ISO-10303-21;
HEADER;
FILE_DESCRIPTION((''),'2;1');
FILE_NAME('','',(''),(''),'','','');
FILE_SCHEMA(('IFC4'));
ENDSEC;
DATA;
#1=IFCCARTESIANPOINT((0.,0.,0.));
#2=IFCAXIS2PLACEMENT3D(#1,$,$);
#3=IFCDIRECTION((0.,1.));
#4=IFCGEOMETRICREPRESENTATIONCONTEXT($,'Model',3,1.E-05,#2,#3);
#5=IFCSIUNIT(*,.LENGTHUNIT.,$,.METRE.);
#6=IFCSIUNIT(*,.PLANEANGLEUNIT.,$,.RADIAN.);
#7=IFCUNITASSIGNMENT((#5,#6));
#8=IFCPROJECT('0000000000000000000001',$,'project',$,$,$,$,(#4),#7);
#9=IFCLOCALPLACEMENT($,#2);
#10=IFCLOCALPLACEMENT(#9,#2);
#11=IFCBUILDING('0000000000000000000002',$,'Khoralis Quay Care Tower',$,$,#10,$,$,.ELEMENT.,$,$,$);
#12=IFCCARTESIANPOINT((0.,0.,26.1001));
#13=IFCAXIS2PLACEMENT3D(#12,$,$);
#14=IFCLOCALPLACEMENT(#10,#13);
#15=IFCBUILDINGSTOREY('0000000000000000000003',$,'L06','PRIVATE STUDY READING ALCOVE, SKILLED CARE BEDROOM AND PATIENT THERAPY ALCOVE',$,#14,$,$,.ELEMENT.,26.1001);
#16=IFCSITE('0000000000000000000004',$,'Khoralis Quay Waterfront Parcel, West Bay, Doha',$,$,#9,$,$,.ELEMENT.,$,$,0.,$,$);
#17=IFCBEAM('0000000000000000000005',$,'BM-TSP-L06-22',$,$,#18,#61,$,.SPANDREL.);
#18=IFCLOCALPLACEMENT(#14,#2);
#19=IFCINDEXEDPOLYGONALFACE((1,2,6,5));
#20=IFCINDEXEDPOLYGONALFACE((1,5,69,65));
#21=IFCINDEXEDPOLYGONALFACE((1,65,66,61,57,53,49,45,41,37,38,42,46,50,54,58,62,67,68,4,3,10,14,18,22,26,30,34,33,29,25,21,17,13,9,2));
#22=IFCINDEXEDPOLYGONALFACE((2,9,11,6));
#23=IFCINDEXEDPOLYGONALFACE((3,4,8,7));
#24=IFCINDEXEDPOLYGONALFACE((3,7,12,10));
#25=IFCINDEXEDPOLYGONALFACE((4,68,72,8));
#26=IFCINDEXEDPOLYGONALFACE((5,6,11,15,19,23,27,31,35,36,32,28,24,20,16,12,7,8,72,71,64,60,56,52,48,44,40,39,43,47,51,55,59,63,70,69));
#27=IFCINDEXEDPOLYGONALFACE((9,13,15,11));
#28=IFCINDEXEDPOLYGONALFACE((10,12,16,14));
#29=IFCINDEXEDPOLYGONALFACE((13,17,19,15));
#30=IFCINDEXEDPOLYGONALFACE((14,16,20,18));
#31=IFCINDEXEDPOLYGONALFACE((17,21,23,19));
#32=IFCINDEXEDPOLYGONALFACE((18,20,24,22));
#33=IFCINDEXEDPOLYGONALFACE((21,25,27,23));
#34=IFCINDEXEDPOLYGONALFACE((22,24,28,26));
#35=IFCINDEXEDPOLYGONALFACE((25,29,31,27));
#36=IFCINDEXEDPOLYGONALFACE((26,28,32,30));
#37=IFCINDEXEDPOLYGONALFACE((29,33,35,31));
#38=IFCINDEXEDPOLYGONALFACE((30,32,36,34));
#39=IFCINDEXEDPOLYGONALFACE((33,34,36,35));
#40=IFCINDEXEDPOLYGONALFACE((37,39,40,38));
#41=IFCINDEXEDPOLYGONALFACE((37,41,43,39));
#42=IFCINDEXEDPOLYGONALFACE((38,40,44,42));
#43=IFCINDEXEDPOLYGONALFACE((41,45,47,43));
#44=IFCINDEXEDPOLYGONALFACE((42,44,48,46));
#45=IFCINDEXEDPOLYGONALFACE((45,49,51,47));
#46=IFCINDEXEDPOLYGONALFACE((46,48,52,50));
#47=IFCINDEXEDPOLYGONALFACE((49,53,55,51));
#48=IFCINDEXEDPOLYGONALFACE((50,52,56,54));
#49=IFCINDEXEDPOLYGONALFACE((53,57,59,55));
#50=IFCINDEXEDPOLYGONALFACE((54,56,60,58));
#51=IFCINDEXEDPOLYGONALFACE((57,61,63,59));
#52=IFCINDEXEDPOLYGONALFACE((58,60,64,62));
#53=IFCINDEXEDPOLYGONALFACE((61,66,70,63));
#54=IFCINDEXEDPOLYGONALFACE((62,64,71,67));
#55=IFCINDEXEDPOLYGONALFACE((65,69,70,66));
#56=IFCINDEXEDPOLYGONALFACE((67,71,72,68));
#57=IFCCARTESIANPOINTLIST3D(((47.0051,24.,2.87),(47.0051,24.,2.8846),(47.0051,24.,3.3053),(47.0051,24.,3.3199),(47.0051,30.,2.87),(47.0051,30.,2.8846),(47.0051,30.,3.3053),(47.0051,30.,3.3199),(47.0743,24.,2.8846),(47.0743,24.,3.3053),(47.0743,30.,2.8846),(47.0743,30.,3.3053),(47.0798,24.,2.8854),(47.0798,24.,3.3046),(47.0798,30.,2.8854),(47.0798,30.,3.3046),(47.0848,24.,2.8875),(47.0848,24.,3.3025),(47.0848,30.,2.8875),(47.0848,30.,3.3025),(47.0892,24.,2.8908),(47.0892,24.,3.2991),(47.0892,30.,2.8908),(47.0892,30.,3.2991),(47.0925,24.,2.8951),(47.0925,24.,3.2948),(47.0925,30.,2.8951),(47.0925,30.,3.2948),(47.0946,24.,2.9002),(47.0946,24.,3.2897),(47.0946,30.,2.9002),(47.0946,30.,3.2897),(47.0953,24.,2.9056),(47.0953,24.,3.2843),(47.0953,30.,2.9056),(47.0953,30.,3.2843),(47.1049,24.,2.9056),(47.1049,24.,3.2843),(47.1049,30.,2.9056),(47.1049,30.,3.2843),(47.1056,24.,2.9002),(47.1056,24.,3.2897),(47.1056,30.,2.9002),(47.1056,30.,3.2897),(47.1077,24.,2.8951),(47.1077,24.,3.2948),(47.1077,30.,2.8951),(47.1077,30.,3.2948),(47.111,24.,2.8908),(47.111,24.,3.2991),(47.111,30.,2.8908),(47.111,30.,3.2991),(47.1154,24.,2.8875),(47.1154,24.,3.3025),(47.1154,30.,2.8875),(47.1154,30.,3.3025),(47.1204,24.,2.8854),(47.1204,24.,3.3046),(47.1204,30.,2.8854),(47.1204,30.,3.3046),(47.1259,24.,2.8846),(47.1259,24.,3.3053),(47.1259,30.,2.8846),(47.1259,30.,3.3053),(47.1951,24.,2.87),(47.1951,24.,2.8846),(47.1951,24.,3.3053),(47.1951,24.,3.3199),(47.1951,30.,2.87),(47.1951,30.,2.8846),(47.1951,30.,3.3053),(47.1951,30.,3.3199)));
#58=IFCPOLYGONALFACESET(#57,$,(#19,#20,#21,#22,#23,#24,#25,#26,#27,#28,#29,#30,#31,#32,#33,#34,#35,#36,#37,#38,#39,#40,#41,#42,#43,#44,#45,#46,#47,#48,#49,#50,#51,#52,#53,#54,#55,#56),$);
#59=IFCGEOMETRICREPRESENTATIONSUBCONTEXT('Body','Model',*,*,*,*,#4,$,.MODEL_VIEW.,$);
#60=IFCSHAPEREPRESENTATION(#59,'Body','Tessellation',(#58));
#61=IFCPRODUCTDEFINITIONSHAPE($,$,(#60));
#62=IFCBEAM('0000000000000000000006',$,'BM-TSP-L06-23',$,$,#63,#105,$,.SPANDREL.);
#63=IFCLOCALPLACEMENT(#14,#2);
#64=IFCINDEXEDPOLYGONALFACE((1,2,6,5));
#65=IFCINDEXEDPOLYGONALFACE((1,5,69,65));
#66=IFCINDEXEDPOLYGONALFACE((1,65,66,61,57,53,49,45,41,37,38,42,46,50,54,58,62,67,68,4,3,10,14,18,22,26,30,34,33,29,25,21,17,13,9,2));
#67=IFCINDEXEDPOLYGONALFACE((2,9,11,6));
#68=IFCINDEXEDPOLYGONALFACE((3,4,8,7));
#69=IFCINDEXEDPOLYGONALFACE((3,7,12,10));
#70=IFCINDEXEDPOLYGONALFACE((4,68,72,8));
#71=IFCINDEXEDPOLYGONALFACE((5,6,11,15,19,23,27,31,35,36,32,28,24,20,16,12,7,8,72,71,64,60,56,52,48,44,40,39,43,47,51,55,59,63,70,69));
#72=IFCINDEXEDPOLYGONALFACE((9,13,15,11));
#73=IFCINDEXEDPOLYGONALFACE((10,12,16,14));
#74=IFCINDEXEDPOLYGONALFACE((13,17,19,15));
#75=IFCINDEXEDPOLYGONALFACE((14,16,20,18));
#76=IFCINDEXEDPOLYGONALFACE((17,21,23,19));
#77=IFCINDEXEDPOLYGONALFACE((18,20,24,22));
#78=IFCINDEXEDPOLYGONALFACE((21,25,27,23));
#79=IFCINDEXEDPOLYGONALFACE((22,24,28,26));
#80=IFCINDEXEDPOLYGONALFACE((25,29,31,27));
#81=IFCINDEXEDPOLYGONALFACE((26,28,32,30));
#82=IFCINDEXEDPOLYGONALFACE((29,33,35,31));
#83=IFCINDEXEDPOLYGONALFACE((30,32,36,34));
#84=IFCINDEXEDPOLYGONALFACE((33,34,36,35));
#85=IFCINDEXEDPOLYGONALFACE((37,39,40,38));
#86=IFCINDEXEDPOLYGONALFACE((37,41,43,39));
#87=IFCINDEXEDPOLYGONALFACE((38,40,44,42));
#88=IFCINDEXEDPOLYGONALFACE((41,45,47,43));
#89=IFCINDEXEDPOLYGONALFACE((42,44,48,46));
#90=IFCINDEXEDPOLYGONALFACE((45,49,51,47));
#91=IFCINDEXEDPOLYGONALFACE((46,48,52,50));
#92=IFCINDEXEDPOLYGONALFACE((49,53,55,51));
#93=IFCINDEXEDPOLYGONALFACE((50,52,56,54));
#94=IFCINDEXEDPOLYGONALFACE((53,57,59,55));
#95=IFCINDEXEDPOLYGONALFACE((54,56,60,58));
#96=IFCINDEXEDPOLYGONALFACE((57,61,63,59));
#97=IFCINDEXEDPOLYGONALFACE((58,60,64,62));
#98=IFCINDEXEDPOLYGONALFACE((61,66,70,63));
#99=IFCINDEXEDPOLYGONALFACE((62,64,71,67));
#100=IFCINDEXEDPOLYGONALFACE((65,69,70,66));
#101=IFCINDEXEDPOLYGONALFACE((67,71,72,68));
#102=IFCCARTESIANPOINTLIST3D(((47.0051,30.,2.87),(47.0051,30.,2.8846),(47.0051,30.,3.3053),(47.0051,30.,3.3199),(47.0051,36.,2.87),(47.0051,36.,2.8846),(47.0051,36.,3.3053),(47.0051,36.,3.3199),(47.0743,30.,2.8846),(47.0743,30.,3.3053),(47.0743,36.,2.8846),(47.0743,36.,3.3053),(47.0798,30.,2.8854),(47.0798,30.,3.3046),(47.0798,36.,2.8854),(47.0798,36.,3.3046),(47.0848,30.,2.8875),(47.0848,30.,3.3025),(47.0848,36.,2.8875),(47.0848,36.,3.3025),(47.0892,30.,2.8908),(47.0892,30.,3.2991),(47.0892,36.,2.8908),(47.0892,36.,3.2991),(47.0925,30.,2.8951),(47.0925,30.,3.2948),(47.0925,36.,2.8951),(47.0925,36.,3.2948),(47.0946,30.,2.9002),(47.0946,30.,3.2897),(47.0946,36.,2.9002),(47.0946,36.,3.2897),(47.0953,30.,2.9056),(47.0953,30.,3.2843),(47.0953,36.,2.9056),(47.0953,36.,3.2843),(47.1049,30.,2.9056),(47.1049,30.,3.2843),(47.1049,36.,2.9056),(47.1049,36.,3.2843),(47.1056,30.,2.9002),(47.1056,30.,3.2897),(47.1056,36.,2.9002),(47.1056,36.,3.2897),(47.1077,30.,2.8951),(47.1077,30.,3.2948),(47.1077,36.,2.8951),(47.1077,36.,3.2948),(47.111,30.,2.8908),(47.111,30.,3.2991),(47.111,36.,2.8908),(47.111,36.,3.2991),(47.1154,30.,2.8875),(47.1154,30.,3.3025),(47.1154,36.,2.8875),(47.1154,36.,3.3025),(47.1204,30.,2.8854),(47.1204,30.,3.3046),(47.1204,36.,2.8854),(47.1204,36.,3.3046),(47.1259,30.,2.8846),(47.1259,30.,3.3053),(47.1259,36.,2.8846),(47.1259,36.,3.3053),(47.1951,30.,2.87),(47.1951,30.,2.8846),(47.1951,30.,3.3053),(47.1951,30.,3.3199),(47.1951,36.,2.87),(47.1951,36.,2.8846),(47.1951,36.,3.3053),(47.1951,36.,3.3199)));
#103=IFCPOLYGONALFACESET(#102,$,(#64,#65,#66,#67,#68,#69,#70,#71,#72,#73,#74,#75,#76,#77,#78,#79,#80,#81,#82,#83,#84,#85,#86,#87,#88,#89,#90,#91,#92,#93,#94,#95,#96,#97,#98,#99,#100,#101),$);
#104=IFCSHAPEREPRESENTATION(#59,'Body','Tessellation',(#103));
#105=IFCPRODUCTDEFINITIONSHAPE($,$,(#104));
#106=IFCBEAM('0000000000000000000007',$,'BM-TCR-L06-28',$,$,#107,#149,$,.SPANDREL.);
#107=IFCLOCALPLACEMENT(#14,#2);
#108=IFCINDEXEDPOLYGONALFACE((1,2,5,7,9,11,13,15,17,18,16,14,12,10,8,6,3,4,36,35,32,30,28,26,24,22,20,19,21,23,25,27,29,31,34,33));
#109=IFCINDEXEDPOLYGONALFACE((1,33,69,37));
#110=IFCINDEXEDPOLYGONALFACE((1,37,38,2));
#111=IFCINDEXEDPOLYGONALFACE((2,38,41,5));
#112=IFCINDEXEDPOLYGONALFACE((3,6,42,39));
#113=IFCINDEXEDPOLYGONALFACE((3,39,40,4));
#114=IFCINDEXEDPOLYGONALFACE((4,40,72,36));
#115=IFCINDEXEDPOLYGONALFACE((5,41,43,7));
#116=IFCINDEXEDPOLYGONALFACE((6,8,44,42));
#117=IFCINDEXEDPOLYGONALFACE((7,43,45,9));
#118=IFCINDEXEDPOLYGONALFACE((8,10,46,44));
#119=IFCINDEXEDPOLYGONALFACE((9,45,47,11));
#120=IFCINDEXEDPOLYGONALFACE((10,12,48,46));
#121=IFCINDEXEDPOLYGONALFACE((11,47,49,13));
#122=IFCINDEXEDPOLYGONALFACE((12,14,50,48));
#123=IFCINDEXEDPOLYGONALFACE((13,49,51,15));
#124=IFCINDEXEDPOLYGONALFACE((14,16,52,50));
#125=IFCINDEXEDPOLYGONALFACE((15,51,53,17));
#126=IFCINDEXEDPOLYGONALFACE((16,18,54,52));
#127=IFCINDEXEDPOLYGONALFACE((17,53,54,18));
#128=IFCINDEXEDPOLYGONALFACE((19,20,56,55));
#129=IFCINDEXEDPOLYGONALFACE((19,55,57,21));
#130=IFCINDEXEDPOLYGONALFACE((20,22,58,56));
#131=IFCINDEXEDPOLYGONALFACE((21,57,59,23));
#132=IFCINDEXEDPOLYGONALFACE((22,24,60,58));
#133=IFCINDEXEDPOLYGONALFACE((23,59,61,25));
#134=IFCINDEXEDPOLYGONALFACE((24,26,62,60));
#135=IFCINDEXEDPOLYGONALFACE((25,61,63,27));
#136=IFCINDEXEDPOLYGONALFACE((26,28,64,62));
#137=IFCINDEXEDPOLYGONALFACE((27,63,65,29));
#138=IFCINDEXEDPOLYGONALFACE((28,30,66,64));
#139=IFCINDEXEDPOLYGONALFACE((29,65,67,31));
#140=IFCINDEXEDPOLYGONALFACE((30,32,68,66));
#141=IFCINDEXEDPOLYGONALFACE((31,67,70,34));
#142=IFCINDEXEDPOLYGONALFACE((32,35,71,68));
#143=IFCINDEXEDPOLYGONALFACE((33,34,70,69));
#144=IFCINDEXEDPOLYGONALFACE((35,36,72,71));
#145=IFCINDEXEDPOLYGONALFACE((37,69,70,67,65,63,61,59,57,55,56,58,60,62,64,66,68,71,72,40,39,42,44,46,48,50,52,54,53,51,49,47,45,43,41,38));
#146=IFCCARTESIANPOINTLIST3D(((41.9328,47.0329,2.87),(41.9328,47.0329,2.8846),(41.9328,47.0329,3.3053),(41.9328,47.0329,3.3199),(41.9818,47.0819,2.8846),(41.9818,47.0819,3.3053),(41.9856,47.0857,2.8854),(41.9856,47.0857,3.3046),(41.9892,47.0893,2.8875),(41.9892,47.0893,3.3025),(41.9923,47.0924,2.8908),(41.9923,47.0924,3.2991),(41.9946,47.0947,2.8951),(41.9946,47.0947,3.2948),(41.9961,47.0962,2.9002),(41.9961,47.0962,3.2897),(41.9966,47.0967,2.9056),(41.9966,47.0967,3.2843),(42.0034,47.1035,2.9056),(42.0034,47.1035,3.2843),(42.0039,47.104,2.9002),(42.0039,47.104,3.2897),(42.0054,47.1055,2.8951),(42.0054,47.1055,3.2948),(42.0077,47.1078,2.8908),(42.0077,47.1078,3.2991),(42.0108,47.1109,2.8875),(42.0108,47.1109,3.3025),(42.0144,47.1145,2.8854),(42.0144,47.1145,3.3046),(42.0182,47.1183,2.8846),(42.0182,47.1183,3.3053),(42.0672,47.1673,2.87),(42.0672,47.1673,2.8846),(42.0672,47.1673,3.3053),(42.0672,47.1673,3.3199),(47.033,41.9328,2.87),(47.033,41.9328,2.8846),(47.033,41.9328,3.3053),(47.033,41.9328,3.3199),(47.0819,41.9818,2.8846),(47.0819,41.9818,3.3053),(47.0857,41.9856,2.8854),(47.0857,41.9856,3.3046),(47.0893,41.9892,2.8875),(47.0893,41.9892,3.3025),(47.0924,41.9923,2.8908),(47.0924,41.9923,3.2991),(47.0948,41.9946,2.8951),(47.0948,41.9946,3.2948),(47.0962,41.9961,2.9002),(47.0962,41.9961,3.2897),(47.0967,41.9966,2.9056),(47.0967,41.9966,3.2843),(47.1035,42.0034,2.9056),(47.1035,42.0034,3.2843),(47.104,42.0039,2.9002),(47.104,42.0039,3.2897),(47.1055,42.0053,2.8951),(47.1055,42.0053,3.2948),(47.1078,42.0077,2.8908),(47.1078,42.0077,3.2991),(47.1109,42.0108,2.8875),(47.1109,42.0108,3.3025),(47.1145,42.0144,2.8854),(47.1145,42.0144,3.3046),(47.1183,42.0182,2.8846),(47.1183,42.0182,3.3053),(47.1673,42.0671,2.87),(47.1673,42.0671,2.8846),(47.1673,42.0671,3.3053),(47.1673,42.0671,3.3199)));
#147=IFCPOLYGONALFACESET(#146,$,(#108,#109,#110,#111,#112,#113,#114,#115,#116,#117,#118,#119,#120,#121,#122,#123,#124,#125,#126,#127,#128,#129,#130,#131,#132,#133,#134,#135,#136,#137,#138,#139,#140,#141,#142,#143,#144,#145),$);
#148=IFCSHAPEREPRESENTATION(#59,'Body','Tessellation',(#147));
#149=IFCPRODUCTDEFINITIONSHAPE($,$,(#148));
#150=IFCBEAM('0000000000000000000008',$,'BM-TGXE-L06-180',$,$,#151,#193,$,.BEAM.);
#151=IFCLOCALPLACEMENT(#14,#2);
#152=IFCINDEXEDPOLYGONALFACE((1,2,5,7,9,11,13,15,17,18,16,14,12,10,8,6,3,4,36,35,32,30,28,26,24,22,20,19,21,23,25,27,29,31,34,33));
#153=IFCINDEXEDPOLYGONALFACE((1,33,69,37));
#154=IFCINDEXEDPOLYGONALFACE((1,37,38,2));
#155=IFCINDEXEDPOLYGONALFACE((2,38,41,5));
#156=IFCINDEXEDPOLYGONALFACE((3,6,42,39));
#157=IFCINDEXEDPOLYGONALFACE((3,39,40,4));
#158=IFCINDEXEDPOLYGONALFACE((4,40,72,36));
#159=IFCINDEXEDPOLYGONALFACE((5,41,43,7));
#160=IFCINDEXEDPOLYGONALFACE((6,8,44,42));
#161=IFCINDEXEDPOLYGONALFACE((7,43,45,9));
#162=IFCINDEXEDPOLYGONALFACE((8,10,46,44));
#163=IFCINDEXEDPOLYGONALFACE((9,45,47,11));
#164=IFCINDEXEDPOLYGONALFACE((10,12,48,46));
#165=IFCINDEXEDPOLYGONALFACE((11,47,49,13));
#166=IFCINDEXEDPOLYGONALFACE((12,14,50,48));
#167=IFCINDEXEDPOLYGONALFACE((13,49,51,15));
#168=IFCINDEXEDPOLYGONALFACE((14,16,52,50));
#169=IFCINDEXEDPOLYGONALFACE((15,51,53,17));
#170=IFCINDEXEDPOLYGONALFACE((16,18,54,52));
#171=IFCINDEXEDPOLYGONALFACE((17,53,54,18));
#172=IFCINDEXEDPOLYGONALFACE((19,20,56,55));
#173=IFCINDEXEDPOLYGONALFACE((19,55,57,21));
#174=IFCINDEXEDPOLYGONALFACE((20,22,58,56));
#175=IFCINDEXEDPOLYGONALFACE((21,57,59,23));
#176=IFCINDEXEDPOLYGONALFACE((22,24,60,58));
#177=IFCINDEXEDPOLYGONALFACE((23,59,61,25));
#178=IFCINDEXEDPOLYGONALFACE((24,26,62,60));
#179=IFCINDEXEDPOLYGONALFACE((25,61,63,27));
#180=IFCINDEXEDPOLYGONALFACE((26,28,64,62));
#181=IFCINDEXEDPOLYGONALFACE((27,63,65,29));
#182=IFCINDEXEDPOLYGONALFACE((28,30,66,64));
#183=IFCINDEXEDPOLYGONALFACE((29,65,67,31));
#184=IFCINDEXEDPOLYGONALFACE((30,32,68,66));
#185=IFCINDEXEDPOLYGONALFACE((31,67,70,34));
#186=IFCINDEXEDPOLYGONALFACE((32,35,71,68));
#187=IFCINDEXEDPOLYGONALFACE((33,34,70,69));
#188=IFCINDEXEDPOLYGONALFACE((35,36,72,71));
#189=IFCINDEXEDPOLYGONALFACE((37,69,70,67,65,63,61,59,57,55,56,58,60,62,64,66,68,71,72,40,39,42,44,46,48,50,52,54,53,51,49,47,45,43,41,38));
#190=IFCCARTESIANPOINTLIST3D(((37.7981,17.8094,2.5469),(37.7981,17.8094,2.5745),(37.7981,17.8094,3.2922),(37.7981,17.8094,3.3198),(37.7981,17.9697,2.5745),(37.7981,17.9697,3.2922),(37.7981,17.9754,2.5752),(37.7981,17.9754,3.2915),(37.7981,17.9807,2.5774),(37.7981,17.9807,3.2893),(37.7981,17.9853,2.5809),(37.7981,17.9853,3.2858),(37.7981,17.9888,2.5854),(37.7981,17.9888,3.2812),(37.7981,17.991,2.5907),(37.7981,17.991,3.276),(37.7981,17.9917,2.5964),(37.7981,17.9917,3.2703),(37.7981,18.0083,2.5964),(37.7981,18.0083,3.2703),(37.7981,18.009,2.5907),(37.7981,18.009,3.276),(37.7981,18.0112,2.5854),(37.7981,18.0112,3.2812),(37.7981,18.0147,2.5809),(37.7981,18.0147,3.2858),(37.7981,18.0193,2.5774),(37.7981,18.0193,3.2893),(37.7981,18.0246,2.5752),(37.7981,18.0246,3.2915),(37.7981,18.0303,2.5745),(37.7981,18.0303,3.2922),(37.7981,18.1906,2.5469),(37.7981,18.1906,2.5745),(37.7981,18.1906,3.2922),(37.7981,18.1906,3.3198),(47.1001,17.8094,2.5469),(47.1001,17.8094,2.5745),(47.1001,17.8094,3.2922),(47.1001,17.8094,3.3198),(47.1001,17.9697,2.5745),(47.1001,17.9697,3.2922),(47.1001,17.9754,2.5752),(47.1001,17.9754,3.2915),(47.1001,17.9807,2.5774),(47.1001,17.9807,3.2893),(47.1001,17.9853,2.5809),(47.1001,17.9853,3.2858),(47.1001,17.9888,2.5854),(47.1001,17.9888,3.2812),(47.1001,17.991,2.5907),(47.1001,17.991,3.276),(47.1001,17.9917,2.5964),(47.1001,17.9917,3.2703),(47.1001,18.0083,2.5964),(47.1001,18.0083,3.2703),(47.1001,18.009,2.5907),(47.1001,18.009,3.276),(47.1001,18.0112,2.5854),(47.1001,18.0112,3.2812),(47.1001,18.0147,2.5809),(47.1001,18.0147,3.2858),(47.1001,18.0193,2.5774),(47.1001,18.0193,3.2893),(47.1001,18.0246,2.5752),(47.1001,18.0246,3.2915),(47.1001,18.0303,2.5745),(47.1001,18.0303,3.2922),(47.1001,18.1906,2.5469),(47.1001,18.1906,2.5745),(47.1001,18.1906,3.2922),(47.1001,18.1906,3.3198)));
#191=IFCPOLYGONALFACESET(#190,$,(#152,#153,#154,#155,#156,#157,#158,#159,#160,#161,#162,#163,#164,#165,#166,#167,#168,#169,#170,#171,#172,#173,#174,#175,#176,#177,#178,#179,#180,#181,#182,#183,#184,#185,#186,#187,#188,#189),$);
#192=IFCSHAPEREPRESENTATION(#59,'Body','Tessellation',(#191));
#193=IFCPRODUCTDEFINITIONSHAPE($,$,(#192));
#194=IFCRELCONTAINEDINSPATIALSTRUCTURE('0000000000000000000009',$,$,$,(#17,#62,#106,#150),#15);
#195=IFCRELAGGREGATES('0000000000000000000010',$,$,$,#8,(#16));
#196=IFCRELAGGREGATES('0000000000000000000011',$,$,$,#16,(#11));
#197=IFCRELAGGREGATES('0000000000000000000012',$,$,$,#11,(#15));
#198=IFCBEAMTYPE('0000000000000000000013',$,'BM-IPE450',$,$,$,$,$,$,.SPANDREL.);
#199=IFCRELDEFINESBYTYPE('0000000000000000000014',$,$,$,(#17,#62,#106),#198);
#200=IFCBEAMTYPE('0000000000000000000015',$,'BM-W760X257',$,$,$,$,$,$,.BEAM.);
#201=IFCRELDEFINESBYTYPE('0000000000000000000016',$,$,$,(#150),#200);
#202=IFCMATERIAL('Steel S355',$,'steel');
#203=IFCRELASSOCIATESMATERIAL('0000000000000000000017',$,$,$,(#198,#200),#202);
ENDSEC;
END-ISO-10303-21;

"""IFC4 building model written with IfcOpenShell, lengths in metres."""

from ifc_helpers import new_model, si_unit, direction, frame, origin, origin_2d, place, context, subcontext, project, spatial, i_section, extrude, source, transform, mapped, material, material_profile, profile_set, type_object, element, save


model = new_model("IFC4")

# Units and contexts
model_context = context("Model", 3, precision=1e-05, world=origin(), true_north=direction((0.0, 1.0)))
body_context = subcontext(model_context, "Body", "Model", "MODEL_VIEW")
ifc_project = project(units=[si_unit("LENGTHUNIT", "METRE"), si_unit("PLANEANGLEUNIT", "RADIAN")], contexts=[model_context])

# Site, building, storey
site_placement = place(None, origin())
site = spatial("IfcSite", under=ifc_project, at=site_placement, Name="Khoralis Quay Waterfront Parcel, West Bay, Doha", CompositionType="ELEMENT", RefElevation=0.0)
building_placement = place(site_placement, origin())
building = spatial("IfcBuilding", under=site, at=building_placement, Name="Khoralis Quay Care Tower", CompositionType="ELEMENT")
storey_placement = place(building_placement, frame((0.0, 0.0, 26.1001)))
storey = spatial("IfcBuildingStorey", under=building, at=storey_placement, Name="L06", Description="PRIVATE STUDY READING ALCOVE, SKILLED CARE BEDROOM AND PATIENT THERAPY ALCOVE", CompositionType="ELEMENT", Elevation=26.1001)

# Beams
ifc_material_1 = material(Name="Steel S355", Category="steel")
ifc_material_profile_1 = material_profile(ifc_material_1, i_section(OverallWidth=0.1899, OverallDepth=0.45, WebThickness=0.0095, FlangeThickness=0.0146, FilletRadius=0.021, at=origin_2d()), Name="Steel S355")
ifc_profile_set_1 = profile_set([ifc_material_profile_1], Name="Steel S355")
beam_type_1 = type_object("IfcBeamType", Name="BM-IPE450", PredefinedType="SPANDREL", material=ifc_profile_set_1)
shared_shape_1 = source(origin(), body_context, "Body", "SweptSolid", [
    extrude(i_section(OverallWidth=0.1899, OverallDepth=0.45, WebThickness=0.0095, FlangeThickness=0.0146, FilletRadius=0.021, at=origin_2d()), origin(), (0.0, 0.0, 1.0), 6.0),
])
for number, where, z_axis, x_axis, name in (
    (1, (47.1001, 24.0, 3.095), (0.0, 1.0, 0.0), (-1.0, 0.0, 0.0), "BM-TSP-L06-22"),
    (2, (47.1001, 30.0, 3.095), (0.0, 1.0, 0.0), (-1.0, 0.0, 0.0), "BM-TSP-L06-23"),
):
    element("IfcBeam", number, at=place(storey_placement, frame(where, z_axis=z_axis, x_axis=x_axis)), inside=storey, type_object=beam_type_1, Name=name, PredefinedType="SPANDREL", context=body_context, shape_type="MappedRepresentation", body=[
        mapped(shared_shape_1, transform((0.0, 0.0, 0.0), scale=1.0)),
    ])
shared_shape_2 = source(origin(), body_context, "Body", "SweptSolid", [
    extrude(i_section(OverallWidth=0.1899, OverallDepth=0.45, WebThickness=0.0095, FlangeThickness=0.0146, FilletRadius=0.021, at=origin_2d()), origin(), (0.0, 0.0, 1.0), 7.2126),
])
beam_1_placement = place(storey_placement, frame((42.0, 47.1001, 3.095), z_axis=(0.707107, -0.707107, 0.0), x_axis=(0.707107, 0.707107, 0.0)))
element("IfcBeam", 3, at=beam_1_placement, inside=storey, type_object=beam_type_1, Name="BM-TCR-L06-28", PredefinedType="SPANDREL", context=body_context, shape_type="MappedRepresentation", body=[
    mapped(shared_shape_2, transform((0.0, 0.0, 0.0), scale=1.0)),
])
ifc_material_profile_2 = material_profile(ifc_material_1, i_section(OverallWidth=0.3811, OverallDepth=0.7729, WebThickness=0.0166, FlangeThickness=0.0276, FilletRadius=0.022, at=origin_2d()), Name="Steel S355")
ifc_profile_set_2 = profile_set([ifc_material_profile_2], Name="Steel S355")
beam_type_2 = type_object("IfcBeamType", Name="BM-W760X257", PredefinedType="BEAM", material=ifc_profile_set_2)
shared_shape_3 = source(origin(), body_context, "Body", "SweptSolid", [
    extrude(i_section(OverallWidth=0.3811, OverallDepth=0.7729, WebThickness=0.0166, FlangeThickness=0.0276, FilletRadius=0.022, at=origin_2d()), origin(), (0.0, 0.0, 1.0), 9.302),
])
for number, where, z_axis, x_axis, name in (
    (4, (37.7981, 18.0, 2.9333), (1.0, 0.0, 0.0), (0.0, 1.0, 0.0), "BM-TGXE-L06-180"),
):
    element("IfcBeam", number, at=place(storey_placement, frame(where, z_axis=z_axis, x_axis=x_axis)), inside=storey, type_object=beam_type_2, Name=name, PredefinedType="BEAM", context=body_context, shape_type="MappedRepresentation", body=[
        mapped(shared_shape_3, transform((0.0, 0.0, 0.0), scale=1.0)),
    ])

save(model, "model.ifc")
